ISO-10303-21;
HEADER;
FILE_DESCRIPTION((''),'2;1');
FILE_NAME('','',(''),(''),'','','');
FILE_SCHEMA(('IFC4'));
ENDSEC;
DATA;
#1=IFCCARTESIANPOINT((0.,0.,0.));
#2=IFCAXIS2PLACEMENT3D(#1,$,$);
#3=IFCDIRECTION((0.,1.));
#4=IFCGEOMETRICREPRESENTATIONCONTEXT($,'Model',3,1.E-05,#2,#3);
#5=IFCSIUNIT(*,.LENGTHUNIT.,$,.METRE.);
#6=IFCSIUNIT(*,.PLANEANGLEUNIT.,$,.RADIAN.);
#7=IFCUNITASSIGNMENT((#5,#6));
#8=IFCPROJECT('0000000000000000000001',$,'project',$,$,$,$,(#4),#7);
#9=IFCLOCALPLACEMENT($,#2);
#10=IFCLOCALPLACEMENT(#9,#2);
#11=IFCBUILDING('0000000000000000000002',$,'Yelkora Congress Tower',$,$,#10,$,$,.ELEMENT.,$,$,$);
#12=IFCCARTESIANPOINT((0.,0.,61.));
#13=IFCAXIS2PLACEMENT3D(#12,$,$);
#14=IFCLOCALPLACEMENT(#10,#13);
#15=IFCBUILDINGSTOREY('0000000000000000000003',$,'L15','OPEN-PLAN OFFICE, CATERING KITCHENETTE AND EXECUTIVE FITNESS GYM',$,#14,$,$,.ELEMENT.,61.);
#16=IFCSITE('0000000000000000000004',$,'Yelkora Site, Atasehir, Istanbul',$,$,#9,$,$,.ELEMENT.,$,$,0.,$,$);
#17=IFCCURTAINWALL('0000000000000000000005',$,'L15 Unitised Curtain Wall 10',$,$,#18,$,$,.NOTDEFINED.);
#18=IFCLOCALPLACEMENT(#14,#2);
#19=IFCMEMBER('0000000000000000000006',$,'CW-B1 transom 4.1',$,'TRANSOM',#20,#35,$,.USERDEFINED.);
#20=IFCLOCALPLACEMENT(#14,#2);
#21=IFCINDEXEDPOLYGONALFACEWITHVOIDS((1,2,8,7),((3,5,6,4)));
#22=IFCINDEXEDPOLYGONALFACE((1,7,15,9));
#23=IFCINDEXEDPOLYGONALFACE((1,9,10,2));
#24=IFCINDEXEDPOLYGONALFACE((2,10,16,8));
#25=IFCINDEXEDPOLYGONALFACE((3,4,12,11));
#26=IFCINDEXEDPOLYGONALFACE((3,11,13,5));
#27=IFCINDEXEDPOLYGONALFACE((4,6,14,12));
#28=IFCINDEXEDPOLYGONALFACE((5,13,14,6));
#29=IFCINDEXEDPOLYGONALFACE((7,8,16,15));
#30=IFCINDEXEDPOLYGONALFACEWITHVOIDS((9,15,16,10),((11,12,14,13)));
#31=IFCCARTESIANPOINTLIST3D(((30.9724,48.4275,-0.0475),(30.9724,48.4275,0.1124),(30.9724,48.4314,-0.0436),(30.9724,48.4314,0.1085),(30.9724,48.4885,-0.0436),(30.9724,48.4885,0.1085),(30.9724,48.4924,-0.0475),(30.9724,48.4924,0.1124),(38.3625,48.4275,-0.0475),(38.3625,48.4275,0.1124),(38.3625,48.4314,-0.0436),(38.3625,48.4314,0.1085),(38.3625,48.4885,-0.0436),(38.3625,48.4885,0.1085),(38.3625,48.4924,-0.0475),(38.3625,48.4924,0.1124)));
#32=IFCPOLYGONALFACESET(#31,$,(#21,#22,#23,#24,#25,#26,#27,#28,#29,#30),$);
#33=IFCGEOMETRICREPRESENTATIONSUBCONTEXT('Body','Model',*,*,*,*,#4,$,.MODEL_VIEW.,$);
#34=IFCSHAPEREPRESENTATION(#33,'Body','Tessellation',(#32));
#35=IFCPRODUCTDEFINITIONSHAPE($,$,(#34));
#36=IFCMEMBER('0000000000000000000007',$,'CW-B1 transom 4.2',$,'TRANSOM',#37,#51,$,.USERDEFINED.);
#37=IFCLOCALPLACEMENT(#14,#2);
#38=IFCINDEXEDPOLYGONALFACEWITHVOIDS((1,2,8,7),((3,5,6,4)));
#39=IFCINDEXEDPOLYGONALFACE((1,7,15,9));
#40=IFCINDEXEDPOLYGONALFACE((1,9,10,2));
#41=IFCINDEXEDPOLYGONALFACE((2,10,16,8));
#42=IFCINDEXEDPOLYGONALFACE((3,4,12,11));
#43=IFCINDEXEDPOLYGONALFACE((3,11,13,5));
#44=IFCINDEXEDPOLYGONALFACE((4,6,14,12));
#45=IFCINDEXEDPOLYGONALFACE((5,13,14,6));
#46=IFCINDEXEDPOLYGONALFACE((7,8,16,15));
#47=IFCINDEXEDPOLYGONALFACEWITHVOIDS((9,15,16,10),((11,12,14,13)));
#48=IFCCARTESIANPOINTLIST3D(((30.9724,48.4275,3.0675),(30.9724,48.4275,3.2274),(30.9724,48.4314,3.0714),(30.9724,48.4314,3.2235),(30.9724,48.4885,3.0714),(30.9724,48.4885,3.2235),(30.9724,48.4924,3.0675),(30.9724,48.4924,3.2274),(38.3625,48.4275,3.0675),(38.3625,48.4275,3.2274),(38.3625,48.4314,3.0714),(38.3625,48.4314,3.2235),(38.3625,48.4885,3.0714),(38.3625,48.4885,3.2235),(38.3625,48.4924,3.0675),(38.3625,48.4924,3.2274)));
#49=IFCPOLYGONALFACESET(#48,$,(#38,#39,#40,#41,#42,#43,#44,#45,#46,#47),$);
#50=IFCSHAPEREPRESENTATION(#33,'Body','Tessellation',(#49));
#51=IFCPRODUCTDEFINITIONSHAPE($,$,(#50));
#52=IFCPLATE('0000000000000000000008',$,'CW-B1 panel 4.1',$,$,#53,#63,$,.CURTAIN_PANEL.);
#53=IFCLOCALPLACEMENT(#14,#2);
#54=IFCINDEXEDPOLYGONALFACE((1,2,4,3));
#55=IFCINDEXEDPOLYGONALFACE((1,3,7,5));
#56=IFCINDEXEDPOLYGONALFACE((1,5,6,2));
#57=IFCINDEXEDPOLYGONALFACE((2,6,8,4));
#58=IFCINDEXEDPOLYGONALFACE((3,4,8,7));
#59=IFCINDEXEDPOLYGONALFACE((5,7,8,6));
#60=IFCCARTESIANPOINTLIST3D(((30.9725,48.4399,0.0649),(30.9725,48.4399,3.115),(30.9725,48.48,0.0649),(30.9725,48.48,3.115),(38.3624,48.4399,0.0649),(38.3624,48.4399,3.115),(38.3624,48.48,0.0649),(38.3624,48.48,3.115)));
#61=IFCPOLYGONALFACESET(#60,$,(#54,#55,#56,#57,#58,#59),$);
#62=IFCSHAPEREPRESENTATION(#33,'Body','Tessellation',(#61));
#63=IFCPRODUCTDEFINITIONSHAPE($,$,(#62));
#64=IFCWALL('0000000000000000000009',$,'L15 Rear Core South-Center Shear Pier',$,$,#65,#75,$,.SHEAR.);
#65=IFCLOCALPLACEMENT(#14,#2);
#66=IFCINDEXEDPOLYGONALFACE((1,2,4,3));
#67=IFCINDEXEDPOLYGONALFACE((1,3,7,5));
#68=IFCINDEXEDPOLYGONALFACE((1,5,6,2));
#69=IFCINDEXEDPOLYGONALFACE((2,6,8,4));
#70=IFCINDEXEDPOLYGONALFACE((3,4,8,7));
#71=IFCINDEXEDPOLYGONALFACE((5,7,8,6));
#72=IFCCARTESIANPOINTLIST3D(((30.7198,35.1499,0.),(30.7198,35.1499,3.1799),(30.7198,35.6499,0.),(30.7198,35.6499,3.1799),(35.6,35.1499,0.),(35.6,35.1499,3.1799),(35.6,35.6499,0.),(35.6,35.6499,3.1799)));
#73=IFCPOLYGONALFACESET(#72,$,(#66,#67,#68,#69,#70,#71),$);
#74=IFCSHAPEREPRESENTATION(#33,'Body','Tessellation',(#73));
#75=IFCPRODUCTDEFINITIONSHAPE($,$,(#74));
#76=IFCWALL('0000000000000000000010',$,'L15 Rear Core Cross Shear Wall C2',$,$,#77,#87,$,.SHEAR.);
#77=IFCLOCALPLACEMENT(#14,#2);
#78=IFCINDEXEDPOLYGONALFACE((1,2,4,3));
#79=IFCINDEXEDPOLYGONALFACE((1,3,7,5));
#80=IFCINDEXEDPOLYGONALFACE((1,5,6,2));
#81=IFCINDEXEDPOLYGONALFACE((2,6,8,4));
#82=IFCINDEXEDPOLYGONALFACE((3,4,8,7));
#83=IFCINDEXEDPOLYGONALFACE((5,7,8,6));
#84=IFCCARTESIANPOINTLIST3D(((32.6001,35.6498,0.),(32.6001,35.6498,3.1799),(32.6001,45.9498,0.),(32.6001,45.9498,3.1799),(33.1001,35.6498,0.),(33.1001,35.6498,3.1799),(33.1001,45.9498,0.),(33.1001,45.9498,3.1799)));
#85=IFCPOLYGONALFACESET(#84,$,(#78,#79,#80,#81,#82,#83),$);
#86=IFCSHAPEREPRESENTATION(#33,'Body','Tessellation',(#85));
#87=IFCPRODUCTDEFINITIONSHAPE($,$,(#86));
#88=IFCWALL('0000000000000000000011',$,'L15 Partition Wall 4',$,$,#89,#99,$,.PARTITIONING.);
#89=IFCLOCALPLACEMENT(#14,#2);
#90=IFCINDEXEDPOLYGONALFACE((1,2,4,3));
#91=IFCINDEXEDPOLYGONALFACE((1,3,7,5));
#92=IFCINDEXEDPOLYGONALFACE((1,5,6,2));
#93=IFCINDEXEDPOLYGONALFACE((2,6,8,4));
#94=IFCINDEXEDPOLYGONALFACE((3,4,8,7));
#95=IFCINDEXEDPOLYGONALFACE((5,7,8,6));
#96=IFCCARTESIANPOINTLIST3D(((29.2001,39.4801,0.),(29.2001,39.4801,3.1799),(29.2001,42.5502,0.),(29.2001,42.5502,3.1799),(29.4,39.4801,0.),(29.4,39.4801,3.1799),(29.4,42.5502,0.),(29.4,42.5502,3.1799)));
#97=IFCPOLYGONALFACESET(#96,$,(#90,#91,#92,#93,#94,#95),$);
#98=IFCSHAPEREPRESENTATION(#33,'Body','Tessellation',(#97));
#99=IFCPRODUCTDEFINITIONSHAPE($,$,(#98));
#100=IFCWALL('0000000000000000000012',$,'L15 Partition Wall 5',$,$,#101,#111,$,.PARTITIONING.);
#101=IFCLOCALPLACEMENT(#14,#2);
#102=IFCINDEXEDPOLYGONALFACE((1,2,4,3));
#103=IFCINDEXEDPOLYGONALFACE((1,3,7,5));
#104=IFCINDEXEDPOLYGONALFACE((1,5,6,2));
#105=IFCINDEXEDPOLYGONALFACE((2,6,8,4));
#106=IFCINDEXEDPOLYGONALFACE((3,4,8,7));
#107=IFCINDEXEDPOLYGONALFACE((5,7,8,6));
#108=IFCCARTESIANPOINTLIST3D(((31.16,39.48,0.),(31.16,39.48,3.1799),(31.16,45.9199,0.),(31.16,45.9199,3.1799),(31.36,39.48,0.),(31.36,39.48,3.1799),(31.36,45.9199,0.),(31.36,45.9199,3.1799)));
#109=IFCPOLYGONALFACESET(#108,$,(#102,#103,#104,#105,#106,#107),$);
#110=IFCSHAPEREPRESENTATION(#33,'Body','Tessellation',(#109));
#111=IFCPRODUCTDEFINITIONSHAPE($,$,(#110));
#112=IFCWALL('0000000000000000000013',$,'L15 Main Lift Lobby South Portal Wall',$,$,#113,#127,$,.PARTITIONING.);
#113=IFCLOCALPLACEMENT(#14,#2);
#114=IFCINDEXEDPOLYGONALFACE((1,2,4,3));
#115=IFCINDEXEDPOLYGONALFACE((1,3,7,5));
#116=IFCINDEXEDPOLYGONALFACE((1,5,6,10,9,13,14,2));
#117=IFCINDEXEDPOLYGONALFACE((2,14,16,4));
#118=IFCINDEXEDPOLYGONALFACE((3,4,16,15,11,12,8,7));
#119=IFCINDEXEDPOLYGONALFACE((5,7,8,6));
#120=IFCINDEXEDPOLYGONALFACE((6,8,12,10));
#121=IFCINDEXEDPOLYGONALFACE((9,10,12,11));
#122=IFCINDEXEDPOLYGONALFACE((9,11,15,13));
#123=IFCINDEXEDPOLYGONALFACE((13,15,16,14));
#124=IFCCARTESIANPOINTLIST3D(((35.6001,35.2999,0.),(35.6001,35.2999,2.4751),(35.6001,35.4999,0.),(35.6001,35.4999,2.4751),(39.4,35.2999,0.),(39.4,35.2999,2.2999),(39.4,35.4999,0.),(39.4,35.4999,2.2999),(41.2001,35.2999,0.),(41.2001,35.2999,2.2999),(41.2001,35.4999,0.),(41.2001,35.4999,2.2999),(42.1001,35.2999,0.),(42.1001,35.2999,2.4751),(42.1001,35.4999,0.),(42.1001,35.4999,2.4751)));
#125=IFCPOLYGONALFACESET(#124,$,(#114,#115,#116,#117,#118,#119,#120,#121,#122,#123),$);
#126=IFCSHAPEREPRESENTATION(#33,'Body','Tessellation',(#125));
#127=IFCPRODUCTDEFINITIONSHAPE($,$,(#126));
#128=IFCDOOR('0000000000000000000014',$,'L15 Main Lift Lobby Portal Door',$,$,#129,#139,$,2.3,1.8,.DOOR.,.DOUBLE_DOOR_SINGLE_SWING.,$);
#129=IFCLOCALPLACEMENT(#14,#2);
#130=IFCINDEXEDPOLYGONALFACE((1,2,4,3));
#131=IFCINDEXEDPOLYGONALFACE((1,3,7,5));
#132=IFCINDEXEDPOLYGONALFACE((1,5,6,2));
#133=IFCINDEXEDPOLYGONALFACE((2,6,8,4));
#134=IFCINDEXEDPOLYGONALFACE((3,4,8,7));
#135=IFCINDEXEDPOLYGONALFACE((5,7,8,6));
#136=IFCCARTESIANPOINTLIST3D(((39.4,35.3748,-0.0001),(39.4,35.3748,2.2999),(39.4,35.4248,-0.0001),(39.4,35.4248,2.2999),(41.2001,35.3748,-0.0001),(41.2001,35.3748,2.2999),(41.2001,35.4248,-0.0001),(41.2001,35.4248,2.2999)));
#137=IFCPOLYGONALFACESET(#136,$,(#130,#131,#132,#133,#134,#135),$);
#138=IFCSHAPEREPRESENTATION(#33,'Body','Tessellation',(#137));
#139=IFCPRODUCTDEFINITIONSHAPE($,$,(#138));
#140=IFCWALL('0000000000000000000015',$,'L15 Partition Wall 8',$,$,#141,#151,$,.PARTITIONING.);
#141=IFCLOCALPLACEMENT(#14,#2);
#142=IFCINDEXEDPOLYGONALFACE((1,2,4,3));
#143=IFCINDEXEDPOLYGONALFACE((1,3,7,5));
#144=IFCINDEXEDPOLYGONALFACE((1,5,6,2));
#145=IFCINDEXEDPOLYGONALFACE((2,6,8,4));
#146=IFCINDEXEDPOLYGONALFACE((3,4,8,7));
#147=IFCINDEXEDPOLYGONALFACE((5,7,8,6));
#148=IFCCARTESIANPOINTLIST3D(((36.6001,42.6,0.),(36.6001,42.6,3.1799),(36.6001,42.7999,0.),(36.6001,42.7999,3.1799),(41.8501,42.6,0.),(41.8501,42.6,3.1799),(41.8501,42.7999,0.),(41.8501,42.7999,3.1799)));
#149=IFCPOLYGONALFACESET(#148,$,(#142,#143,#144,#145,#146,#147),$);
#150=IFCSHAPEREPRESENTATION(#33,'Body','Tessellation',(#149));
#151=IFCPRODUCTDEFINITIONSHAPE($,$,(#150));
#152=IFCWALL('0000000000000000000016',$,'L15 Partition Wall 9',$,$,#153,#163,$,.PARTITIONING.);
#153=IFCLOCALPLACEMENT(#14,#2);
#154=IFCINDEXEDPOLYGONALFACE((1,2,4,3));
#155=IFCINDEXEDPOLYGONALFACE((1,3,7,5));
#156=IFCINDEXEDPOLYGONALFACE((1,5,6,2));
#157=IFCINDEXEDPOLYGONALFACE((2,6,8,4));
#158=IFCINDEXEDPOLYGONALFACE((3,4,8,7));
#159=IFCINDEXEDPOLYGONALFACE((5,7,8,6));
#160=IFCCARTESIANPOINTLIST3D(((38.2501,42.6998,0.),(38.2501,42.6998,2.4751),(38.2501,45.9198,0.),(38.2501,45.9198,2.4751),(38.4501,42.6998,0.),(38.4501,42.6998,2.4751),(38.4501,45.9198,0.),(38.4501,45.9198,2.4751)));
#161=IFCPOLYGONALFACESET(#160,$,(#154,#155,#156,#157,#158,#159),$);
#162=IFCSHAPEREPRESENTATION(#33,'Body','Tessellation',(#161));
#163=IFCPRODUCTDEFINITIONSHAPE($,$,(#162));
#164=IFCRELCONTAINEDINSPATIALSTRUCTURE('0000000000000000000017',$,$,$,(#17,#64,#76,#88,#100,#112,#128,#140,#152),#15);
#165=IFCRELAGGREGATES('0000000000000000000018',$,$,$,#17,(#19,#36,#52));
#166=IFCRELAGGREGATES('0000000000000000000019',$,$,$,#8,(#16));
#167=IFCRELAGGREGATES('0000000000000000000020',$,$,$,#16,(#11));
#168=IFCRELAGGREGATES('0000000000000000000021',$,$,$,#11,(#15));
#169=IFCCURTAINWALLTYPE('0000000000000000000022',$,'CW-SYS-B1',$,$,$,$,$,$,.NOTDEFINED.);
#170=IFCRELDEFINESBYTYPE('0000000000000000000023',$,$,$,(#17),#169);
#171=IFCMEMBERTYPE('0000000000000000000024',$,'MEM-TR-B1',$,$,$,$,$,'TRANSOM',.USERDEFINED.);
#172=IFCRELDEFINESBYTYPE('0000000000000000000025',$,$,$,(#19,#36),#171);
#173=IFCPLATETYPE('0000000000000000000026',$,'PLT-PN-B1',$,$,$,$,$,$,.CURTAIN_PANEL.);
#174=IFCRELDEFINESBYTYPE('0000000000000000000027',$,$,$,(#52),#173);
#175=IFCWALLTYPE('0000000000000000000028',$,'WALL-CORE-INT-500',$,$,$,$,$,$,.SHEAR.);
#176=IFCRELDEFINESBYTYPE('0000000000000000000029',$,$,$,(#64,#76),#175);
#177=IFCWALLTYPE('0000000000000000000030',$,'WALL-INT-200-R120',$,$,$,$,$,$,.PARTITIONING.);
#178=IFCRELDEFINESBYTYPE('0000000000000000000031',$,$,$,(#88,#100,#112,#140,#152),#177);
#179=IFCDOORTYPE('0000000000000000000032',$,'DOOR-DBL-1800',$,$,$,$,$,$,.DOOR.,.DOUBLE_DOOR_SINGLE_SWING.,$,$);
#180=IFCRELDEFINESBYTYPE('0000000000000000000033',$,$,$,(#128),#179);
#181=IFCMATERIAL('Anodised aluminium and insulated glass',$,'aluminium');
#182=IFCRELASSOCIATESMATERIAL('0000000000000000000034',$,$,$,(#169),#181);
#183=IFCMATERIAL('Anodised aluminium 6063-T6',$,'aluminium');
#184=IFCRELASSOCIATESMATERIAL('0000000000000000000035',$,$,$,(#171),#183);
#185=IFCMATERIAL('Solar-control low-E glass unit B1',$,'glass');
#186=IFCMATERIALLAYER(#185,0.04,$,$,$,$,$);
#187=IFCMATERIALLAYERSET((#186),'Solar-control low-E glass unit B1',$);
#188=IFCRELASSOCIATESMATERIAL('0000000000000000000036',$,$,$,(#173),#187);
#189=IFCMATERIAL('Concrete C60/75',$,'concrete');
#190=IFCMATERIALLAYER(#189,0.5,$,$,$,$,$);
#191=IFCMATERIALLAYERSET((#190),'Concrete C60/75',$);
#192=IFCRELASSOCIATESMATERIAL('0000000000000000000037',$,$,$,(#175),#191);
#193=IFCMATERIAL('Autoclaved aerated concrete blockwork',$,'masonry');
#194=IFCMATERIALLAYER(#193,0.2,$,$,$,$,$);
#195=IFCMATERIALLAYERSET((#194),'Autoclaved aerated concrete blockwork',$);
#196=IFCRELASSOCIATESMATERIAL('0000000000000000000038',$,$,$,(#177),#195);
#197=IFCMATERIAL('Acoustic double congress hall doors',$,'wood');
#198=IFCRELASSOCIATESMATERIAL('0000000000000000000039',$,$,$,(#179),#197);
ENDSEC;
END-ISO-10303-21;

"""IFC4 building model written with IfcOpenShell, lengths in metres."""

from ifc_helpers import new_model, si_unit, direction, frame, frame_2d, origin, origin_2d, place, context, subcontext, project, spatial, rectangle, hollow_rectangle, extrude, material, layer, layer_set, material_profile, profile_set, type_object, element, fill, aggregate, save


model = new_model("IFC4")

# Units and contexts
model_context = context("Model", 3, precision=1e-05, world=origin(), true_north=direction((0.0, 1.0)))
body_context = subcontext(model_context, "Body", "Model", "MODEL_VIEW")
ifc_project = project(units=[si_unit("LENGTHUNIT", "METRE"), si_unit("PLANEANGLEUNIT", "RADIAN")], contexts=[model_context])

# Site, building, storey
site_placement = place(None, origin())
site = spatial("IfcSite", under=ifc_project, at=site_placement, Name="Yelkora Site, Atasehir, Istanbul", CompositionType="ELEMENT", RefElevation=0.0)
building_placement = place(site_placement, origin())
building = spatial("IfcBuilding", under=site, at=building_placement, Name="Yelkora Congress Tower", CompositionType="ELEMENT")
storey_placement = place(building_placement, frame((0.0, 0.0, 61.0)))
storey = spatial("IfcBuildingStorey", under=building, at=storey_placement, Name="L15", Description="OPEN-PLAN OFFICE, CATERING KITCHENETTE AND EXECUTIVE FITNESS GYM", CompositionType="ELEMENT", Elevation=61.0)

# Shared definitions
ifc_material_1 = material(Name="Concrete C60/75", Category="concrete")

# Curtain wall, members, plate
ifc_material_2 = material(Name="Anodised aluminium and insulated glass", Category="aluminium")
curtain_wall_type = type_object("IfcCurtainWallType", Name="CW-SYS-B1", PredefinedType="NOTDEFINED", material=ifc_material_2)
curtain_wall_placement = place(storey_placement, origin())
curtain_wall = element("IfcCurtainWall", 1, at=curtain_wall_placement, inside=storey, type_object=curtain_wall_type, Name="L15 Unitised Curtain Wall 10", PredefinedType="NOTDEFINED")
ifc_material_3 = material(Name="Anodised aluminium 6063-T6", Category="aluminium")
ifc_material_profile_1 = material_profile(ifc_material_3, hollow_rectangle(XDim=0.0649, YDim=0.1599, WallThickness=0.0039, at=origin_2d()), Name="ALU 65x160x4")
ifc_profile_set_1 = profile_set([ifc_material_profile_1], Name="Anodised aluminium 6063-T6")
member_type_1 = type_object("IfcMemberType", Name="MEM-TR-B1", ElementType="TRANSOM", PredefinedType="USERDEFINED", material=ifc_profile_set_1)
member_1_placement = place(storey_placement, frame((30.9724, 48.46, 0.0325), z_axis=(1.0, 0.0, 0.0), x_axis=(0.0, 1.0, 0.0)))
member_1 = element("IfcMember", 2, at=member_1_placement, type_object=member_type_1, Name="CW-B1 transom 4.1", ObjectType="TRANSOM", PredefinedType="USERDEFINED", context=body_context, shape_type="SweptSolid", body=[
    extrude(hollow_rectangle(XDim=0.0649, YDim=0.1599, WallThickness=0.0039, at=origin_2d()), origin(), (0.0, 0.0, 1.0), 7.3901),
])
member_2_placement = place(storey_placement, frame((30.9724, 48.46, 3.1475), z_axis=(1.0, 0.0, 0.0), x_axis=(0.0, 1.0, 0.0)))
member_2 = element("IfcMember", 3, at=member_2_placement, type_object=member_type_1, Name="CW-B1 transom 4.2", ObjectType="TRANSOM", PredefinedType="USERDEFINED", context=body_context, shape_type="SweptSolid", body=[
    extrude(hollow_rectangle(XDim=0.0649, YDim=0.1599, WallThickness=0.0039, at=origin_2d()), origin(), (0.0, 0.0, 1.0), 7.3901),
])
ifc_material_4 = material(Name="Solar-control low-E glass unit B1", Category="glass")
ifc_layer_1 = layer(ifc_material_4, 0.04)
ifc_layer_set_1 = layer_set([ifc_layer_1], Name="Solar-control low-E glass unit B1")
plate_type = type_object("IfcPlateType", Name="PLT-PN-B1", PredefinedType="CURTAIN_PANEL", material=ifc_layer_set_1)
plate_placement = place(storey_placement, frame((34.6675, 48.46, 0.0649), z_axis=(0.0, 0.0, 1.0), x_axis=(1.0, 0.0, 0.0)))
plate = element("IfcPlate", 4, at=plate_placement, type_object=plate_type, Name="CW-B1 panel 4.1", PredefinedType="CURTAIN_PANEL", context=body_context, shape_type="SweptSolid", body=[
    extrude(rectangle(XDim=7.3899, YDim=0.04, at=origin_2d()), origin(), (0.0, 0.0, 1.0), 3.05),
])
aggregate(curtain_wall, [member_1, member_2, plate])

# Walls
ifc_layer_2 = layer(ifc_material_1, 0.5)
ifc_layer_set_2 = layer_set([ifc_layer_2], Name="Concrete C60/75")
wall_type_1 = type_object("IfcWallType", Name="WALL-CORE-INT-500", PredefinedType="SHEAR", material=ifc_layer_set_2)
wall_1_placement = place(storey_placement, frame((30.72, 35.3999, 0.0), z_axis=(0.0, 0.0, 1.0), x_axis=(1.0, 0.0, 0.0)))
element("IfcWall", 5, at=wall_1_placement, inside=storey, type_object=wall_type_1, Name="L15 Rear Core South-Center Shear Pier", PredefinedType="SHEAR", context=body_context, shape_type="SweptSolid", body=[
    extrude(rectangle(XDim=4.8801, YDim=0.5, at=frame_2d((2.4399, 0.0))), origin(), (0.0, 0.0, 1.0), 3.1799),
])
wall_2_placement = place(storey_placement, frame((32.8501, 35.6499, 0.0), z_axis=(0.0, 0.0, 1.0), x_axis=(0.0, 1.0, 0.0)))
element("IfcWall", 6, at=wall_2_placement, inside=storey, type_object=wall_type_1, Name="L15 Rear Core Cross Shear Wall C2", PredefinedType="SHEAR", context=body_context, shape_type="SweptSolid", body=[
    extrude(rectangle(XDim=10.3, YDim=0.5, at=frame_2d((5.1499, 0.0))), origin(), (0.0, 0.0, 1.0), 3.1799),
])
ifc_material_5 = material(Name="Autoclaved aerated concrete blockwork", Category="masonry")
ifc_layer_3 = layer(ifc_material_5, 0.2)
ifc_layer_set_3 = layer_set([ifc_layer_3], Name="Autoclaved aerated concrete blockwork")
wall_type_2 = type_object("IfcWallType", Name="WALL-INT-200-R120", PredefinedType="PARTITIONING", material=ifc_layer_set_3)
wall_3_placement = place(storey_placement, frame((29.3, 39.48, 0.0), z_axis=(0.0, 0.0, 1.0), x_axis=(0.0, 1.0, 0.0)))
element("IfcWall", 7, at=wall_3_placement, inside=storey, type_object=wall_type_2, Name="L15 Partition Wall 4", PredefinedType="PARTITIONING", context=body_context, shape_type="SweptSolid", body=[
    extrude(rectangle(XDim=3.0701, YDim=0.2, at=frame_2d((1.5352, 0.0))), origin(), (0.0, 0.0, 1.0), 3.1799),
])
wall_4_placement = place(storey_placement, frame((31.26, 39.48, 0.0), z_axis=(0.0, 0.0, 1.0), x_axis=(0.0, 1.0, 0.0)))
element("IfcWall", 8, at=wall_4_placement, inside=storey, type_object=wall_type_2, Name="L15 Partition Wall 5", PredefinedType="PARTITIONING", context=body_context, shape_type="SweptSolid", body=[
    extrude(rectangle(XDim=6.4399, YDim=0.2, at=frame_2d((3.22, 0.0))), origin(), (0.0, 0.0, 1.0), 3.1799),
])

# Wall, opening, door
wall_5_placement = place(storey_placement, frame((35.6001, 35.3999, 0.0), z_axis=(0.0, 0.0, 1.0), x_axis=(1.0, 0.0, 0.0)))
wall_5 = element("IfcWall", 9, at=wall_5_placement, inside=storey, type_object=wall_type_2, Name="L15 Main Lift Lobby South Portal Wall", PredefinedType="PARTITIONING", context=body_context, shape_type="SweptSolid", body=[
    extrude(rectangle(XDim=6.5, YDim=0.2, at=frame_2d((3.25, 0.0))), origin(), (0.0, 0.0, 1.0), 2.4751),
])
opening_1_placement = place(wall_5_placement, frame((3.8, 0.0, 0.0)))
opening_1 = element("IfcOpeningElement", 10, at=opening_1_placement, cuts=wall_5, PredefinedType="OPENING", context=body_context, shape_type="SweptSolid", body=[
    extrude(rectangle(XDim=1.8, YDim=2.3, at=frame_2d((0.8999, 1.1499))), frame((0.0, 0.1099, 0.0), z_axis=(0.0, -1.0, 0.0), x_axis=(1.0, 0.0, 0.0)), (0.0, 0.0, 1.0), 0.22),
])
ifc_material_6 = material(Name="Acoustic double congress hall doors", Category="wood")
door_type_1 = type_object("IfcDoorType", Name="DOOR-DBL-1800", OperationType="DOUBLE_DOOR_SINGLE_SWING", PredefinedType="DOOR", material=ifc_material_6)
door_1_placement = place(opening_1_placement, origin())
door_1 = element("IfcDoor", 11, at=door_1_placement, inside=storey, type_object=door_type_1, Name="L15 Main Lift Lobby Portal Door", OperationType="DOUBLE_DOOR_SINGLE_SWING", OverallHeight=2.3, OverallWidth=1.8, PredefinedType="DOOR", context=body_context, shape_type="SweptSolid", body=[
    extrude(rectangle(XDim=1.8, YDim=2.3, at=frame_2d((0.8999, 1.1499))), frame((0.0, 0.0249, 0.0), z_axis=(0.0, -1.0, 0.0), x_axis=(1.0, 0.0, 0.0)), (0.0, 0.0, 1.0), 0.05),
])
fill(opening_1, door_1)

# Walls
wall_6_placement = place(storey_placement, frame((36.6001, 42.7, 0.0), z_axis=(0.0, 0.0, 1.0), x_axis=(1.0, 0.0, 0.0)))
element("IfcWall", 12, at=wall_6_placement, inside=storey, type_object=wall_type_2, Name="L15 Partition Wall 8", PredefinedType="PARTITIONING", context=body_context, shape_type="SweptSolid", body=[
    extrude(rectangle(XDim=5.25, YDim=0.2, at=frame_2d((2.625, 0.0))), origin(), (0.0, 0.0, 1.0), 3.1799),
])
wall_7_placement = place(storey_placement, frame((38.3501, 42.7, 0.0), z_axis=(0.0, 0.0, 1.0), x_axis=(0.0, 1.0, 0.0)))
element("IfcWall", 13, at=wall_7_placement, inside=storey, type_object=wall_type_2, Name="L15 Partition Wall 9", PredefinedType="PARTITIONING", context=body_context, shape_type="SweptSolid", body=[
    extrude(rectangle(XDim=3.22, YDim=0.2, at=frame_2d((1.6099, 0.0))), origin(), (0.0, 0.0, 1.0), 2.4751),
])

save(model, "model.ifc")
